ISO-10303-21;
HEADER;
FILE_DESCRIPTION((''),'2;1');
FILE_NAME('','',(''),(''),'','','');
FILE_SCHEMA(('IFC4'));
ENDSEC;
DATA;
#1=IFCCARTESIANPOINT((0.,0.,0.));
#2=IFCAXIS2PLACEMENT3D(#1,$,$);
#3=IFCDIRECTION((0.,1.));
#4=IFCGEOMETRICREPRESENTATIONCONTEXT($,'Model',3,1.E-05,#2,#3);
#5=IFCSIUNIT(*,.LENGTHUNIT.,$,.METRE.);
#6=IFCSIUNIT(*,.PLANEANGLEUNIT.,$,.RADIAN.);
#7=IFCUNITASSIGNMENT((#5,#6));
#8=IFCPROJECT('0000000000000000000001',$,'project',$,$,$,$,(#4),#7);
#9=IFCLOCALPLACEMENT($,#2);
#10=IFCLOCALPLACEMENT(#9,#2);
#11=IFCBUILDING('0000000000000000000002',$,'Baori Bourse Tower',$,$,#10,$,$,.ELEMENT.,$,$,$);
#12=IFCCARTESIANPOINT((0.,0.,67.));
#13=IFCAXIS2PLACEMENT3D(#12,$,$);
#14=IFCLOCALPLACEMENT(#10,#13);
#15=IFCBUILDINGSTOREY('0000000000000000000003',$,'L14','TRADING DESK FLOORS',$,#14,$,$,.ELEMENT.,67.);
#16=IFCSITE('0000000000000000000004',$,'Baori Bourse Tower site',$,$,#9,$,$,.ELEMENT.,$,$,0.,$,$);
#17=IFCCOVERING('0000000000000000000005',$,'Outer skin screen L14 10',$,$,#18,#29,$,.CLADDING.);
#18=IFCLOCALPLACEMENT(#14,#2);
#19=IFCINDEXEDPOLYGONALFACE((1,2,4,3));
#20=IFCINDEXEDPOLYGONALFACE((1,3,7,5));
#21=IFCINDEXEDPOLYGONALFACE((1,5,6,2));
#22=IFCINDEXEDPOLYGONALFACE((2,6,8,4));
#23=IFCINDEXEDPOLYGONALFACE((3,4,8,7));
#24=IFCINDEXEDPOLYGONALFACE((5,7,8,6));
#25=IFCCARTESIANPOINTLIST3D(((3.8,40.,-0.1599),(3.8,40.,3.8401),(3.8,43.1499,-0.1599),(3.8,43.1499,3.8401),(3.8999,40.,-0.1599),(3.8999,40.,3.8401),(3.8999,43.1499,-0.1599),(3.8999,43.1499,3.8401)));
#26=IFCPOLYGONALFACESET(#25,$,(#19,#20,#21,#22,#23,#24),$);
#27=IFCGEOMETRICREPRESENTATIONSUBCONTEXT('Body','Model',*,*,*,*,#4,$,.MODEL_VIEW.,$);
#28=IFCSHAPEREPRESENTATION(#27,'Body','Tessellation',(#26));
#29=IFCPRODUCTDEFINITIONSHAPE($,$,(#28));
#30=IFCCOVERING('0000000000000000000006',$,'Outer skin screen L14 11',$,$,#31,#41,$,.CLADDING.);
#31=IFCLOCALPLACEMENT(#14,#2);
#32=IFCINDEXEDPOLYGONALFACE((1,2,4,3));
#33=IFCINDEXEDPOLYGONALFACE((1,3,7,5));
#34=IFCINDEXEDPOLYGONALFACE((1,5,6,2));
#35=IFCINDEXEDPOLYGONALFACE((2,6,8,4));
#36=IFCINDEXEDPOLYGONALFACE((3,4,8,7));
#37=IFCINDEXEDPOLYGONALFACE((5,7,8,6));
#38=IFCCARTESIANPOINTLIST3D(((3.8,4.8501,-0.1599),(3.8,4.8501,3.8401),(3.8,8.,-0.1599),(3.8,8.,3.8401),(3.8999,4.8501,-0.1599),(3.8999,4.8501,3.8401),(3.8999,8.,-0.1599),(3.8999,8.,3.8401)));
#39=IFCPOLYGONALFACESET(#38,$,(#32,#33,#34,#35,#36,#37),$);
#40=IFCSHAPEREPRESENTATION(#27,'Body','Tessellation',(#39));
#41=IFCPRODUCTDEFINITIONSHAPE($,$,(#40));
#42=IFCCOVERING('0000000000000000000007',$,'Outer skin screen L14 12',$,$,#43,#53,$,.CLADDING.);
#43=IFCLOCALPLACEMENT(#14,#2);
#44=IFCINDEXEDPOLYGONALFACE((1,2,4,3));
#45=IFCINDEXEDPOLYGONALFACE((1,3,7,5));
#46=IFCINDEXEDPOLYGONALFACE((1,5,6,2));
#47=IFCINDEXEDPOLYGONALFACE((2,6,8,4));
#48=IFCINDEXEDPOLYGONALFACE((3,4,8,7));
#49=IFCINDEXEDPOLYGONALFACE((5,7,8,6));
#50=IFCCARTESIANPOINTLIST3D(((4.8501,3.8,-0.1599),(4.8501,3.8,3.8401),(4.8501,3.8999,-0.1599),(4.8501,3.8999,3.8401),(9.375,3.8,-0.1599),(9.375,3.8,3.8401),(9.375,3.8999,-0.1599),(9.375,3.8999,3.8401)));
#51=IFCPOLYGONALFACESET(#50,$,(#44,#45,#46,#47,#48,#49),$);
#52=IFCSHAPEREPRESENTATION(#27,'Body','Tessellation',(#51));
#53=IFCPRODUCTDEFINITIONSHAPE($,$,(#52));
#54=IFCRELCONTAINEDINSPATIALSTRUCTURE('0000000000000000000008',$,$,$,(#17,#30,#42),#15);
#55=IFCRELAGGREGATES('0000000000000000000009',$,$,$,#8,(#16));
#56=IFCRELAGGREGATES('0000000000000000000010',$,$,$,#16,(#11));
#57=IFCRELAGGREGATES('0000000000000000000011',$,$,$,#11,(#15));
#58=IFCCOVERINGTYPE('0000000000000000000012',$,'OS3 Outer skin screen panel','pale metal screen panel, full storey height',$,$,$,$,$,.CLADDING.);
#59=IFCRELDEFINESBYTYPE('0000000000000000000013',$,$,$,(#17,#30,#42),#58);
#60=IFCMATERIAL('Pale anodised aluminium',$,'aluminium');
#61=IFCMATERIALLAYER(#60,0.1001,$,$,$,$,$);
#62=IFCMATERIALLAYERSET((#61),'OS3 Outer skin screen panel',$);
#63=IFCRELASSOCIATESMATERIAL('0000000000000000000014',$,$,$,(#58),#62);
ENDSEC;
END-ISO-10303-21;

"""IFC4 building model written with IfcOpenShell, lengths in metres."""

from ifc_helpers import new_model, si_unit, direction, frame, origin, place, context, subcontext, project, spatial, polyline, outline, extrude, material, layer, layer_set, type_object, element, save


model = new_model("IFC4")

# Units and contexts
model_context = context("Model", 3, precision=1e-05, world=origin(), true_north=direction((0.0, 1.0)))
body_context = subcontext(model_context, "Body", "Model", "MODEL_VIEW")
ifc_project = project(units=[si_unit("LENGTHUNIT", "METRE"), si_unit("PLANEANGLEUNIT", "RADIAN")], contexts=[model_context])

# Site, building, storey
site_placement = place(None, origin())
site = spatial("IfcSite", under=ifc_project, at=site_placement, Name="Baori Bourse Tower site", CompositionType="ELEMENT", RefElevation=0.0)
building_placement = place(site_placement, origin())
building = spatial("IfcBuilding", under=site, at=building_placement, Name="Baori Bourse Tower", CompositionType="ELEMENT")
storey_placement = place(building_placement, frame((0.0, 0.0, 67.0)))
storey = spatial("IfcBuildingStorey", under=building, at=storey_placement, Name="L14", Description="TRADING DESK FLOORS", CompositionType="ELEMENT", Elevation=67.0)

# Coverings
ifc_material_1 = material(Name="Pale anodised aluminium", Category="aluminium")
ifc_layer_1 = layer(ifc_material_1, 0.1001)
ifc_layer_set_1 = layer_set([ifc_layer_1], Name="OS3 Outer skin screen panel")
covering_type = type_object("IfcCoveringType", Name="OS3 Outer skin screen panel", Description="pale metal screen panel, full storey height", PredefinedType="CLADDING", material=ifc_layer_set_1)
covering_1_placement = place(storey_placement, frame((0.0, 0.0, -0.1599)))
element("IfcCovering", 1, at=covering_1_placement, inside=storey, type_object=covering_type, Name="Outer skin screen L14 10", PredefinedType="CLADDING", context=body_context, shape_type="SweptSolid", body=[
    extrude(outline(polyline([(3.8999, 40.0), (3.8999, 43.1499), (3.8, 43.1499), (3.8, 40.0), (3.8999, 40.0), (3.8999, 40.0)])), origin(), (0.0, 0.0, 1.0), 4.0),
])
covering_2_placement = place(storey_placement, frame((0.0, 0.0, -0.1599)))
element("IfcCovering", 2, at=covering_2_placement, inside=storey, type_object=covering_type, Name="Outer skin screen L14 11", PredefinedType="CLADDING", context=body_context, shape_type="SweptSolid", body=[
    extrude(outline(polyline([(3.8999, 4.8501), (3.8999, 8.0), (3.8999, 8.0), (3.8, 8.0), (3.8, 4.8501), (3.8999, 4.8501)])), origin(), (0.0, 0.0, 1.0), 4.0),
])
covering_3_placement = place(storey_placement, frame((0.0, 0.0, -0.1599)))
element("IfcCovering", 3, at=covering_3_placement, inside=storey, type_object=covering_type, Name="Outer skin screen L14 12", PredefinedType="CLADDING", context=body_context, shape_type="SweptSolid", body=[
    extrude(outline(polyline([(9.375, 3.8999), (4.8501, 3.8999), (4.8501, 3.8), (9.375, 3.8), (9.375, 3.8999)])), origin(), (0.0, 0.0, 1.0), 4.0),
])

save(model, "model.ifc")
